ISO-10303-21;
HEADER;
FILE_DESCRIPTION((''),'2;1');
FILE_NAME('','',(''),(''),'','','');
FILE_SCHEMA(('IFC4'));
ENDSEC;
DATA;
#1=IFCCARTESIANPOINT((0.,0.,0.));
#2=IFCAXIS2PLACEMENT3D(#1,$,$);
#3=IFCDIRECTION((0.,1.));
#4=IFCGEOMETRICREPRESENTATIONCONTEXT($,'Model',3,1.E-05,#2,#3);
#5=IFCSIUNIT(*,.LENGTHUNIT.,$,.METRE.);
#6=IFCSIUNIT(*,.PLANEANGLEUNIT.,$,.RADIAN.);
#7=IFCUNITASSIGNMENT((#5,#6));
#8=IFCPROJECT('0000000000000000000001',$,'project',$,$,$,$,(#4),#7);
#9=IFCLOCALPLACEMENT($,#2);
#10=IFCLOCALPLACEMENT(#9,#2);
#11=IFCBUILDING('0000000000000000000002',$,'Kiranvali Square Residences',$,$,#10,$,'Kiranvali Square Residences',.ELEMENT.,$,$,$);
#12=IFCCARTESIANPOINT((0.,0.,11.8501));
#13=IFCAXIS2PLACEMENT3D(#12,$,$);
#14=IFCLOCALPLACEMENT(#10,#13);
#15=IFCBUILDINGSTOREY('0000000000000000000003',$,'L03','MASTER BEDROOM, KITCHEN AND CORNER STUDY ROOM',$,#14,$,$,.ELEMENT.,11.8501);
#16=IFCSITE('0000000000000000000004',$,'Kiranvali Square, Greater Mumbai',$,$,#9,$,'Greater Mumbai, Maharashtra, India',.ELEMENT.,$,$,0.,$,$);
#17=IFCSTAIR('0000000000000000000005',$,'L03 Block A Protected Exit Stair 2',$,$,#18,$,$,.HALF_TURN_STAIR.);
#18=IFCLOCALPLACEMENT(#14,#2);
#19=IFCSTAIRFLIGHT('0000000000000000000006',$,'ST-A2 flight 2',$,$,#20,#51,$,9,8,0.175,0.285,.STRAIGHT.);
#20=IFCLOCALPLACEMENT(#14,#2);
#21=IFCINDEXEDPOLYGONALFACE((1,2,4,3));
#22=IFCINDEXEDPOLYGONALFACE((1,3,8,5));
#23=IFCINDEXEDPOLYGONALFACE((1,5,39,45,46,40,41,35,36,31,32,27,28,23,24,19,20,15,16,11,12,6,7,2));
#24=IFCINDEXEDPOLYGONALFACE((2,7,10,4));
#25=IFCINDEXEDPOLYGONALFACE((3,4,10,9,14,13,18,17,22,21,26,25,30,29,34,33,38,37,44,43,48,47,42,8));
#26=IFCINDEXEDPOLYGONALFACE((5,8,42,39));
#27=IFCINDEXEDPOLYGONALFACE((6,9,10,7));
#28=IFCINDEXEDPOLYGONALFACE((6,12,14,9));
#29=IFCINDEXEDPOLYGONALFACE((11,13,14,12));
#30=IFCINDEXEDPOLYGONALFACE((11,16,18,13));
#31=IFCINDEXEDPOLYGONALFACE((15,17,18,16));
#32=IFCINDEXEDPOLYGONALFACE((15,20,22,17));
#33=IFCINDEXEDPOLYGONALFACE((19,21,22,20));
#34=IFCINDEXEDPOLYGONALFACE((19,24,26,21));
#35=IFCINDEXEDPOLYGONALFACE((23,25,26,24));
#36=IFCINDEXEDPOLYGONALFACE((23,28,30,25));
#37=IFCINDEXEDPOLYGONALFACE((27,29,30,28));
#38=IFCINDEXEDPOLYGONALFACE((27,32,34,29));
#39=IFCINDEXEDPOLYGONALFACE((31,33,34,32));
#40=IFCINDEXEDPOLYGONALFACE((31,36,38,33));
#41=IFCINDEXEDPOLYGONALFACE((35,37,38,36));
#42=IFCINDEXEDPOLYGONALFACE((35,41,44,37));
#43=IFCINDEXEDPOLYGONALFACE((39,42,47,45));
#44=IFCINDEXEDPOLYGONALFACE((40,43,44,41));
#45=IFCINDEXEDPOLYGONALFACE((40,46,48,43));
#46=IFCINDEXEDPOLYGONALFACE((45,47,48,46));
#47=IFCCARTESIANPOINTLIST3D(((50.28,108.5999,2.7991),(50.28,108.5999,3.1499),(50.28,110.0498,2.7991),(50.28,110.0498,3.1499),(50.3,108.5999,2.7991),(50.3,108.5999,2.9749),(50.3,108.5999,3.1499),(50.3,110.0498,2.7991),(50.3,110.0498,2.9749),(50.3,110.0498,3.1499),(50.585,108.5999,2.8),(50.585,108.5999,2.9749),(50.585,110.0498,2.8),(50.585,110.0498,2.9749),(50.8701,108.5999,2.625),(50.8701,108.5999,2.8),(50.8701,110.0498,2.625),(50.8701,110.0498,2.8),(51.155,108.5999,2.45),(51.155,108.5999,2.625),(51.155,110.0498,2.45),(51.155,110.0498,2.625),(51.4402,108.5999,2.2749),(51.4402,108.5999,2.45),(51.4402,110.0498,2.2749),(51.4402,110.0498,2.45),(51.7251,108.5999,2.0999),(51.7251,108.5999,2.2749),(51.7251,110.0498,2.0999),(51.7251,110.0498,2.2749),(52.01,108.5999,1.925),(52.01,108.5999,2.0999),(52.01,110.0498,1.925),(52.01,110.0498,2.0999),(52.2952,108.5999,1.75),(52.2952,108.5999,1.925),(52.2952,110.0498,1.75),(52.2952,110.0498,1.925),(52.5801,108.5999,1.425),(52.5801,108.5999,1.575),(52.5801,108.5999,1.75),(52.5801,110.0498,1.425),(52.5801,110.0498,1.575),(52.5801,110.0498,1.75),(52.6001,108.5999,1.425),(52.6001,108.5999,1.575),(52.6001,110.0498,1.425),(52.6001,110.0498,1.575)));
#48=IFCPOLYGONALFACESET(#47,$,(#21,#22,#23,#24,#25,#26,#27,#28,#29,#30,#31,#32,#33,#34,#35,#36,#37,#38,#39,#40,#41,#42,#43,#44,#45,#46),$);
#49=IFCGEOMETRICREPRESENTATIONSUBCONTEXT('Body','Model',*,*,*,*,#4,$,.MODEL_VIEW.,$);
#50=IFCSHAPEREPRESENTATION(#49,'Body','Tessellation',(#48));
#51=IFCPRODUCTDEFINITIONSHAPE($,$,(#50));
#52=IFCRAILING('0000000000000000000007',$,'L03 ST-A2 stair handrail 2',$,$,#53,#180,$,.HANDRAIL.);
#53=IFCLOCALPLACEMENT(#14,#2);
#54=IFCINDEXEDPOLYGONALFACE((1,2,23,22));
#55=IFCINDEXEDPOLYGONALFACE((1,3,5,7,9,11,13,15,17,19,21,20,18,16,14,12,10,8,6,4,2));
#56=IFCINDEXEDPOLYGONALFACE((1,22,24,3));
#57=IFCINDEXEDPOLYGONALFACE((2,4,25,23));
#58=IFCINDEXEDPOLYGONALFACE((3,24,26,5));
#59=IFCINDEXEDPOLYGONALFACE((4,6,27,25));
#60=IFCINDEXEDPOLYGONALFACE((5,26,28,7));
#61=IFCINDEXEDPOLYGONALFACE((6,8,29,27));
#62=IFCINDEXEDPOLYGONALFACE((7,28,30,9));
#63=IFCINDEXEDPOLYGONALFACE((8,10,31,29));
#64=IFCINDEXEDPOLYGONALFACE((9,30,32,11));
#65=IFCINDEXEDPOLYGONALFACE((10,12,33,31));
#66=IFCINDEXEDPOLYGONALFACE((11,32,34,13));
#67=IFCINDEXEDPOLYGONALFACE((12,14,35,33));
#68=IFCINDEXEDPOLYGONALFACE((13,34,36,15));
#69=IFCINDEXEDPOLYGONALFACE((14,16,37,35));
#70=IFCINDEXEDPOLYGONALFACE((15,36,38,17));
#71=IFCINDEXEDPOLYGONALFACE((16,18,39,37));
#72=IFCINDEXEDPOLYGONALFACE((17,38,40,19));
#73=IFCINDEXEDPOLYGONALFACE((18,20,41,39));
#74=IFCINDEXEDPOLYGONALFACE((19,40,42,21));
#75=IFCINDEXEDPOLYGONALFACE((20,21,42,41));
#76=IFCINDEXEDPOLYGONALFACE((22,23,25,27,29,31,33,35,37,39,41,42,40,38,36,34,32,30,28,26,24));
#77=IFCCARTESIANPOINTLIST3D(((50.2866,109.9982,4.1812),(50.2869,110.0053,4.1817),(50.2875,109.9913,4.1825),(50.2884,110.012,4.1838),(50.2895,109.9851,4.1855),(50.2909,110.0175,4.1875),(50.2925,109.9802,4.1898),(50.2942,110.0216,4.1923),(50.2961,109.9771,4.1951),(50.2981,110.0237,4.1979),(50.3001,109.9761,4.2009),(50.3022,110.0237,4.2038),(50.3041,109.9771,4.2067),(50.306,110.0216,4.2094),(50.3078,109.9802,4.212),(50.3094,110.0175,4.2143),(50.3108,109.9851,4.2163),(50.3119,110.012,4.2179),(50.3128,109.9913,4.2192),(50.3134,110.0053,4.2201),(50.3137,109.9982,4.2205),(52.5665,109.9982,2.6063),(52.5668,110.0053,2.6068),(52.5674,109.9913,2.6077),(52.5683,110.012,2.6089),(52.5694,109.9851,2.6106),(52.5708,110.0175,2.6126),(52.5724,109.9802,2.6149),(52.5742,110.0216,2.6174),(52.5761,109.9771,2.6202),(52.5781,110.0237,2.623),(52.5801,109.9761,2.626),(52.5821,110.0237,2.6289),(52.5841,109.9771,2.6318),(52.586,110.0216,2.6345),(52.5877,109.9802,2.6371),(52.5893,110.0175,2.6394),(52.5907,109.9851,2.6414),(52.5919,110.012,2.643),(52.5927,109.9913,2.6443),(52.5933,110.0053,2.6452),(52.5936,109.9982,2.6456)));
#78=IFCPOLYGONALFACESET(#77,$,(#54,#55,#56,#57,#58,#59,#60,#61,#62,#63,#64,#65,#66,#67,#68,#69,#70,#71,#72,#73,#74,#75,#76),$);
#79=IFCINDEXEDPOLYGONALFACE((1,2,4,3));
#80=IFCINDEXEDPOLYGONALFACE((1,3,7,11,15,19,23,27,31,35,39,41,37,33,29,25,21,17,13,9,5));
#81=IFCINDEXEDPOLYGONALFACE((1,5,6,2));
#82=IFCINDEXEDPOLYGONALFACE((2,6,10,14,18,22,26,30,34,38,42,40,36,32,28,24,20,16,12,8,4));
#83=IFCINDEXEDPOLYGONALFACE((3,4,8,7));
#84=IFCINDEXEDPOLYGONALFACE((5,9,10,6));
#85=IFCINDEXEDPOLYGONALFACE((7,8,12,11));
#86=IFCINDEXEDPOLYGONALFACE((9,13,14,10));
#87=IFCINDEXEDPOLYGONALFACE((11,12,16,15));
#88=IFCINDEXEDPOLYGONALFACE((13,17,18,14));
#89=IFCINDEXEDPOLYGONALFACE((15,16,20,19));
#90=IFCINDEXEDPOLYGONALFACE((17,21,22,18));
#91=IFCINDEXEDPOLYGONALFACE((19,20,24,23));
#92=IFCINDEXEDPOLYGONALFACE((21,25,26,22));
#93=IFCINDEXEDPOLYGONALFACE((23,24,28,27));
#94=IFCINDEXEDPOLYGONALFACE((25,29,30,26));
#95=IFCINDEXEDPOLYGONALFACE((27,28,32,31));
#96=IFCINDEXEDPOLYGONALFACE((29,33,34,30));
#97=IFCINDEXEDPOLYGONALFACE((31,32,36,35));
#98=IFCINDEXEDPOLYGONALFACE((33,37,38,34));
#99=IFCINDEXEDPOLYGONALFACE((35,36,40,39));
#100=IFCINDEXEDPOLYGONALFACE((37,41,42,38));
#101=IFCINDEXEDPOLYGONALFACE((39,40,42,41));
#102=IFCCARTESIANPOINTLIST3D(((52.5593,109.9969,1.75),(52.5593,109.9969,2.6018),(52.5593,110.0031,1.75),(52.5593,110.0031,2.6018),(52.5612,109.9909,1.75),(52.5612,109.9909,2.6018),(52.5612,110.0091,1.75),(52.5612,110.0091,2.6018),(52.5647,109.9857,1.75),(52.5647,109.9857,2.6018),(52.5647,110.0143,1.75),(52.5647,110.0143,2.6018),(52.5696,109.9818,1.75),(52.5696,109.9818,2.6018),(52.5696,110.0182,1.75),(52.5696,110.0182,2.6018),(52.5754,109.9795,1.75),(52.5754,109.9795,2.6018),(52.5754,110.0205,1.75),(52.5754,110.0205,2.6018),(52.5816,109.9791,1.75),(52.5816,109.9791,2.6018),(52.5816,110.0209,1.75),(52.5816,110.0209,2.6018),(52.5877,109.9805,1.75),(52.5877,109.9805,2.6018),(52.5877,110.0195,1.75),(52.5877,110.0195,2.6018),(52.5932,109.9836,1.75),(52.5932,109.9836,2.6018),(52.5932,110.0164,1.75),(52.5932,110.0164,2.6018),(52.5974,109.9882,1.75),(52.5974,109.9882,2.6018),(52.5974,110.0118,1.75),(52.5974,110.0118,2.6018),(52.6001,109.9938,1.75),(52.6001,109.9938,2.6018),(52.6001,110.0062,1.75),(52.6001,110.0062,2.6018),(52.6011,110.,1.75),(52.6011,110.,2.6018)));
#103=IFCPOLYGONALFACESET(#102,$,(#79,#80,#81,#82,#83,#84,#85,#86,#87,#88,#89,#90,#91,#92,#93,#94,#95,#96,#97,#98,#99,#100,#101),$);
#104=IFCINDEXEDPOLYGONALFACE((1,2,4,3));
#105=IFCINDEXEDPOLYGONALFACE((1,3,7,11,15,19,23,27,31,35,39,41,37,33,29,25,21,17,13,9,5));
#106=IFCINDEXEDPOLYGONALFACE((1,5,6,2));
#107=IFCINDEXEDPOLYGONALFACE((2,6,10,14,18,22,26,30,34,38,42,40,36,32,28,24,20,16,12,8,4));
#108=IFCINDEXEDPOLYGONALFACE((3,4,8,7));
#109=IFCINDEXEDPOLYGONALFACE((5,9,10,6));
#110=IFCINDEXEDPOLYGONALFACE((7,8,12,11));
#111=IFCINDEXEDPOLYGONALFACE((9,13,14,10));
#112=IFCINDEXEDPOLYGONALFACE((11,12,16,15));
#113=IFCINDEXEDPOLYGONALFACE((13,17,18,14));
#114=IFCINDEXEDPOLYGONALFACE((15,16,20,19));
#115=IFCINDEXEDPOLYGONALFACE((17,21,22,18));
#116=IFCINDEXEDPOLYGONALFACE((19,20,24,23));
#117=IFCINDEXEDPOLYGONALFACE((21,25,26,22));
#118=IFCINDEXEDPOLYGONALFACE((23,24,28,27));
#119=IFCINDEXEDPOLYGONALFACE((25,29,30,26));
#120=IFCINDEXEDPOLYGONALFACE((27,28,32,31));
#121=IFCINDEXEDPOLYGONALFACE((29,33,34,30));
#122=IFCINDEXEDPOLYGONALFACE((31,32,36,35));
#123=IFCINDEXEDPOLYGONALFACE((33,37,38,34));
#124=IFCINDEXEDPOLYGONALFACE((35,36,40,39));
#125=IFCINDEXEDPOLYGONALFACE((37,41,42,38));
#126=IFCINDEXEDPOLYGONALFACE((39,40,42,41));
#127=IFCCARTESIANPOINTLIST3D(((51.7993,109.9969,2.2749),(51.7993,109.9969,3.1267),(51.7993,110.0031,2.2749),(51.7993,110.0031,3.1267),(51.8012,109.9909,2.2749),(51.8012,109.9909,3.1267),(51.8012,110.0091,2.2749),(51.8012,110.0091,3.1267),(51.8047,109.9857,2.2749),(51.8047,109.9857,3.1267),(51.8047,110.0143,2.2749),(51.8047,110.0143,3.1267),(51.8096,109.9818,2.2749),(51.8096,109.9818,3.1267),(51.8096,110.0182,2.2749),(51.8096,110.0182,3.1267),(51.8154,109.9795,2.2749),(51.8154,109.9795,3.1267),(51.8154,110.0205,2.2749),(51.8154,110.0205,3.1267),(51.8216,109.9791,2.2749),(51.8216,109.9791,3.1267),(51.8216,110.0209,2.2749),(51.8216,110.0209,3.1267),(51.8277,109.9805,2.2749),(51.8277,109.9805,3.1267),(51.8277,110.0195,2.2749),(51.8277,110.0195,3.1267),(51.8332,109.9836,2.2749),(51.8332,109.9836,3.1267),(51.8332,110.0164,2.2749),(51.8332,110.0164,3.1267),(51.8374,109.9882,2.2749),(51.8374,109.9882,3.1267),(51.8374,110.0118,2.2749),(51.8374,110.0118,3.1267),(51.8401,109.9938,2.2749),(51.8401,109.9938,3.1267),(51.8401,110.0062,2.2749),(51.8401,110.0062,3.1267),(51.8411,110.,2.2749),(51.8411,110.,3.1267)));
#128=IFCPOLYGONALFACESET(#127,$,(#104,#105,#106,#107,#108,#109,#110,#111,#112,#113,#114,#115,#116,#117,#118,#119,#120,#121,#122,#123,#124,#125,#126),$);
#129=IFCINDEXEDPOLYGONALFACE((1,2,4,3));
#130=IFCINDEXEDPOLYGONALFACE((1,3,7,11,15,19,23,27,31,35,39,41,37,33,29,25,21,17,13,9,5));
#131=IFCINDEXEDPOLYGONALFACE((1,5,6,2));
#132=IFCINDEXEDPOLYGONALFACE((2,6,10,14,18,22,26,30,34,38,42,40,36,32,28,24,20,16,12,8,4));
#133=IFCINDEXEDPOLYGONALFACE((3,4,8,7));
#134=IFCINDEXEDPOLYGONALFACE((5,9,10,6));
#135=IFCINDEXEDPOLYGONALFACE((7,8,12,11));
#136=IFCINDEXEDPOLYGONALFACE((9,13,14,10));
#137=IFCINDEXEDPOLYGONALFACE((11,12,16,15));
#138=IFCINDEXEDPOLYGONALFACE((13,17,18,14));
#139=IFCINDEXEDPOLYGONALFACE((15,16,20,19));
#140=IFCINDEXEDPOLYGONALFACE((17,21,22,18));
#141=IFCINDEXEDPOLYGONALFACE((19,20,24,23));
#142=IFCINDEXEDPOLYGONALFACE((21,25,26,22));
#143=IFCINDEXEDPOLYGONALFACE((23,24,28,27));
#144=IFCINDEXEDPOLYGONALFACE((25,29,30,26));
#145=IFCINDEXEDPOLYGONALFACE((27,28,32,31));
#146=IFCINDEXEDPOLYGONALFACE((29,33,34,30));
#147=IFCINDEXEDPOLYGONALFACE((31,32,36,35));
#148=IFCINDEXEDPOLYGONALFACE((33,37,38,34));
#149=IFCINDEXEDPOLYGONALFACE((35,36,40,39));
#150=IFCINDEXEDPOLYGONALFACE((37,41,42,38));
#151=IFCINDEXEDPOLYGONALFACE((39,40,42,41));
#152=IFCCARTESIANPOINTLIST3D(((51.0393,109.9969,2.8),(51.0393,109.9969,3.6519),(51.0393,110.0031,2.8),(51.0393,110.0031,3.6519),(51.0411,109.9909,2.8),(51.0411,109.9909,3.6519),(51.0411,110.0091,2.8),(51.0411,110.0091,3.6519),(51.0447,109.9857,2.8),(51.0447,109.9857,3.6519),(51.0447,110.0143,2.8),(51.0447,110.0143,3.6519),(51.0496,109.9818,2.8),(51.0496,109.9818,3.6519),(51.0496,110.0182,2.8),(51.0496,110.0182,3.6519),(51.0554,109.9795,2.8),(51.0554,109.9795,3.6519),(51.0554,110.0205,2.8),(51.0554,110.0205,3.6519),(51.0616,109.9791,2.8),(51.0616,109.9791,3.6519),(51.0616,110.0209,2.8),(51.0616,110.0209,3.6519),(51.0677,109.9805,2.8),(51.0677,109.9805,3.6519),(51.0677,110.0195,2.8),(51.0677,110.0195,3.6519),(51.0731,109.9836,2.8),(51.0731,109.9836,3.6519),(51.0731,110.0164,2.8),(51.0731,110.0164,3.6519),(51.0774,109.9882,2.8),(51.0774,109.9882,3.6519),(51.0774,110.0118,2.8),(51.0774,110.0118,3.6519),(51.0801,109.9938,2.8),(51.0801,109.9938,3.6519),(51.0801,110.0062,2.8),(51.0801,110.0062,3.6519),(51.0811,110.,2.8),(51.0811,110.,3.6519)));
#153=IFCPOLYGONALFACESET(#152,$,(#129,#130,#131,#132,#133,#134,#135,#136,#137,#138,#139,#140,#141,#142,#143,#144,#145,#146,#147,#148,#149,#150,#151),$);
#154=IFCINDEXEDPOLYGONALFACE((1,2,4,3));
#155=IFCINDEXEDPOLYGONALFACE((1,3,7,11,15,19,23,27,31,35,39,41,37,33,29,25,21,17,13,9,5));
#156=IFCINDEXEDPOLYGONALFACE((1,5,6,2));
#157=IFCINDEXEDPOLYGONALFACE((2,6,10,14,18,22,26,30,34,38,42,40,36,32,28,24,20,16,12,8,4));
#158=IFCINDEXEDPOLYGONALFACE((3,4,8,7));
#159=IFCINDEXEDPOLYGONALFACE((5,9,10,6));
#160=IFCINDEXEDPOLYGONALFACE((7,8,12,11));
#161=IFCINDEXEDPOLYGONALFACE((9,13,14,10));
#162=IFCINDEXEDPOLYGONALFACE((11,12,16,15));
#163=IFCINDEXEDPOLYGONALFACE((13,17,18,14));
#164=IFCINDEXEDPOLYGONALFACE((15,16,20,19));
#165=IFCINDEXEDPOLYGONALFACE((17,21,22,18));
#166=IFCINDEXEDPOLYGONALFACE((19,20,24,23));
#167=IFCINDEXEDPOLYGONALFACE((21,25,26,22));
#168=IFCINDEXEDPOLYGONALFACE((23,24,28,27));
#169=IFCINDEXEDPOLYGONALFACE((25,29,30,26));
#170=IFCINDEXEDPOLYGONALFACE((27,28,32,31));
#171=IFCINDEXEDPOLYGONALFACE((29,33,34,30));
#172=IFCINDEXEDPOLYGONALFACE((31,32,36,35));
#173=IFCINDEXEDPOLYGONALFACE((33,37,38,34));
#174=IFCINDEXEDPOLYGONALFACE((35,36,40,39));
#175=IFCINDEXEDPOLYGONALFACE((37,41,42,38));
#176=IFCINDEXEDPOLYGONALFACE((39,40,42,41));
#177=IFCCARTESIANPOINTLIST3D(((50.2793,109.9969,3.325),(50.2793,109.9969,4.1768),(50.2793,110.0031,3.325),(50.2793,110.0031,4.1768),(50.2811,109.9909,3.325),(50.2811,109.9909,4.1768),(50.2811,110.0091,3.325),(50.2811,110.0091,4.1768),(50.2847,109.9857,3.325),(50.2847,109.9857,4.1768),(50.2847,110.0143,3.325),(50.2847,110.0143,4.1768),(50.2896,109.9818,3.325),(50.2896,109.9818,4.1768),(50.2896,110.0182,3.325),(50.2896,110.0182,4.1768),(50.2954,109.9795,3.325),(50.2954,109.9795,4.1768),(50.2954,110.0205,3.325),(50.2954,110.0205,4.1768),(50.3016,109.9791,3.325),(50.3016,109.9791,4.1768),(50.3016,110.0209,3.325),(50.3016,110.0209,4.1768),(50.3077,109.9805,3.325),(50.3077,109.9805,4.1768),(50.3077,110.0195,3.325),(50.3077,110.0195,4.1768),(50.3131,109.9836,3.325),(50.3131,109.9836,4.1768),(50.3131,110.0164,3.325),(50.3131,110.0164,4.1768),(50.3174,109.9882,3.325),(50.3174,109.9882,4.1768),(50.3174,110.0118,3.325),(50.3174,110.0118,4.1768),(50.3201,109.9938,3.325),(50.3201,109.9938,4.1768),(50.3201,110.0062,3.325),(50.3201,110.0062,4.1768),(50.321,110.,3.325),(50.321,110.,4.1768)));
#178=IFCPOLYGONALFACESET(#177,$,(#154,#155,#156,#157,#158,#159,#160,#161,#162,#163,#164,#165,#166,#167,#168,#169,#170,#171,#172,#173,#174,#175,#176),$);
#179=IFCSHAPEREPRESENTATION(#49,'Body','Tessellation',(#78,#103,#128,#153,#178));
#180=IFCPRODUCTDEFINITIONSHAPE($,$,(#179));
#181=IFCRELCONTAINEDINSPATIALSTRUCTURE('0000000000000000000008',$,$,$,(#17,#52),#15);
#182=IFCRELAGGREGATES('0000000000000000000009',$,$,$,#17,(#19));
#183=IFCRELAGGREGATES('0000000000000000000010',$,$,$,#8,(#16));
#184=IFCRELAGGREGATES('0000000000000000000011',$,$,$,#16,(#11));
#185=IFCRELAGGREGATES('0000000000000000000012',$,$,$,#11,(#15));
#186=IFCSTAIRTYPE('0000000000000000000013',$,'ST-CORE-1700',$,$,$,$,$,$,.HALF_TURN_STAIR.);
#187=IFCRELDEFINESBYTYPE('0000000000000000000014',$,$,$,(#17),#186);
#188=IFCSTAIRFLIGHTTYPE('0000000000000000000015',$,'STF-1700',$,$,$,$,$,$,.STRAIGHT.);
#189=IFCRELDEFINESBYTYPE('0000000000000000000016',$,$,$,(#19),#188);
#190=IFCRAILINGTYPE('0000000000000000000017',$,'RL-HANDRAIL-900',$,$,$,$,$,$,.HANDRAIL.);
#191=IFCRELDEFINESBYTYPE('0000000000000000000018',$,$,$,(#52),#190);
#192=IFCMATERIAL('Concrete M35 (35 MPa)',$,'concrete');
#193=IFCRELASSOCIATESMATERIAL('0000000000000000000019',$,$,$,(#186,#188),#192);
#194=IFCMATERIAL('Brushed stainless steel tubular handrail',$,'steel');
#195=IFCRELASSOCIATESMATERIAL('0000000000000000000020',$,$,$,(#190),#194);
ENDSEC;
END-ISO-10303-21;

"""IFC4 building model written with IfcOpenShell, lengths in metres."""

from ifc_helpers import new_model, si_unit, direction, frame, origin, origin_2d, place, context, subcontext, project, spatial, polyline, circle, outline, extrude, material, type_object, element, aggregate, save


model = new_model("IFC4")

# Units and contexts
model_context = context("Model", 3, precision=1e-05, world=origin(), true_north=direction((0.0, 1.0)))
body_context = subcontext(model_context, "Body", "Model", "MODEL_VIEW")
ifc_project = project(units=[si_unit("LENGTHUNIT", "METRE"), si_unit("PLANEANGLEUNIT", "RADIAN")], contexts=[model_context])

# Site, building, storey
site_placement = place(None, origin())
site = spatial("IfcSite", under=ifc_project, at=site_placement, Name="Kiranvali Square, Greater Mumbai", LongName="Greater Mumbai, Maharashtra, India", CompositionType="ELEMENT", RefElevation=0.0)
building_placement = place(site_placement, origin())
building = spatial("IfcBuilding", under=site, at=building_placement, Name="Kiranvali Square Residences", LongName="Kiranvali Square Residences", CompositionType="ELEMENT")
storey_placement = place(building_placement, frame((0.0, 0.0, 11.8501)))
storey = spatial("IfcBuildingStorey", under=building, at=storey_placement, Name="L03", Description="MASTER BEDROOM, KITCHEN AND CORNER STUDY ROOM", CompositionType="ELEMENT", Elevation=11.8501)

# Stair, stair flight
ifc_material_1 = material(Name="Concrete M35 (35 MPa)", Category="concrete")
stair_type = type_object("IfcStairType", Name="ST-CORE-1700", PredefinedType="HALF_TURN_STAIR", material=ifc_material_1)
stair_placement = place(storey_placement, origin())
stair = element("IfcStair", 1, at=stair_placement, inside=storey, type_object=stair_type, Name="L03 Block A Protected Exit Stair 2", PredefinedType="HALF_TURN_STAIR")
stair_flight_type = type_object("IfcStairFlightType", Name="STF-1700", PredefinedType="STRAIGHT", material=ifc_material_1)
stair_flight_1_placement = place(storey_placement, frame((52.5801, 109.325, 1.575), z_axis=(0.0, 0.0, 1.0), x_axis=(-1.0, 0.0, 0.0)))
stair_flight_1 = element("IfcStairFlight", 2, at=stair_flight_1_placement, type_object=stair_flight_type, Name="ST-A2 flight 2", NumberOfRisers=9, NumberOfTreads=8, PredefinedType="STRAIGHT", RiserHeight=0.175, TreadLength=0.285, context=body_context, shape_type="SweptSolid", body=[
    extrude(outline(polyline([(-0.02, -0.1499), (-0.02, 0.0), (0.0, 0.0), (0.0, 0.175), (0.2849, 0.175), (0.2849, 0.3501), (0.5701, 0.3501), (0.5701, 0.5249), (0.855, 0.5249), (0.855, 0.7), (1.1399, 0.7), (1.1399, 0.875), (1.425, 0.875), (1.425, 1.05), (1.71, 1.05), (1.71, 1.2251), (1.9951, 1.2251), (1.9951, 1.3999), (2.28, 1.3999), (2.28, 1.575), (2.3, 1.575), (2.3, 1.2241), (2.28, 1.2241), (0.0, -0.1499), (-0.02, -0.1499)])), frame((0.0, 0.7251, 0.0), z_axis=(0.0, -1.0, 0.0), x_axis=(1.0, 0.0, 0.0)), (0.0, 0.0, 1.0), 1.45),
])
aggregate(stair, [stair_flight_1])

# Railing
ifc_material_2 = material(Name="Brushed stainless steel tubular handrail", Category="steel")
railing_type_1 = type_object("IfcRailingType", Name="RL-HANDRAIL-900", PredefinedType="HANDRAIL", material=ifc_material_2)
railing_1_placement = place(storey_placement, frame((52.5801, 110.0, 1.75)))
element("IfcRailing", 3, at=railing_1_placement, inside=storey, type_object=railing_type_1, Name="L03 ST-A2 stair handrail 2", PredefinedType="HANDRAIL", context=body_context, shape_type="SweptSolid", body=[
    extrude(circle(Radius=0.0239, at=origin_2d()), frame((0.0, 0.0, 0.876), z_axis=(-0.822788, 0.0, 0.568348), x_axis=(0.0, -1.0, 0.0)), (0.0, 0.0, 1.0), 2.771),
    extrude(circle(Radius=0.021, at=origin_2d()), origin(), (0.0, 0.0, 1.0), 0.8518),
    extrude(circle(Radius=0.021, at=origin_2d()), frame((-0.76, 0.0, 0.5249)), (0.0, 0.0, 1.0), 0.8518),
    extrude(circle(Radius=0.021, at=origin_2d()), frame((-1.52, 0.0, 1.05)), (0.0, 0.0, 1.0), 0.8518),
    extrude(circle(Radius=0.021, at=origin_2d()), frame((-2.28, 0.0, 1.575)), (0.0, 0.0, 1.0), 0.8518),
])

save(model, "model.ifc")
